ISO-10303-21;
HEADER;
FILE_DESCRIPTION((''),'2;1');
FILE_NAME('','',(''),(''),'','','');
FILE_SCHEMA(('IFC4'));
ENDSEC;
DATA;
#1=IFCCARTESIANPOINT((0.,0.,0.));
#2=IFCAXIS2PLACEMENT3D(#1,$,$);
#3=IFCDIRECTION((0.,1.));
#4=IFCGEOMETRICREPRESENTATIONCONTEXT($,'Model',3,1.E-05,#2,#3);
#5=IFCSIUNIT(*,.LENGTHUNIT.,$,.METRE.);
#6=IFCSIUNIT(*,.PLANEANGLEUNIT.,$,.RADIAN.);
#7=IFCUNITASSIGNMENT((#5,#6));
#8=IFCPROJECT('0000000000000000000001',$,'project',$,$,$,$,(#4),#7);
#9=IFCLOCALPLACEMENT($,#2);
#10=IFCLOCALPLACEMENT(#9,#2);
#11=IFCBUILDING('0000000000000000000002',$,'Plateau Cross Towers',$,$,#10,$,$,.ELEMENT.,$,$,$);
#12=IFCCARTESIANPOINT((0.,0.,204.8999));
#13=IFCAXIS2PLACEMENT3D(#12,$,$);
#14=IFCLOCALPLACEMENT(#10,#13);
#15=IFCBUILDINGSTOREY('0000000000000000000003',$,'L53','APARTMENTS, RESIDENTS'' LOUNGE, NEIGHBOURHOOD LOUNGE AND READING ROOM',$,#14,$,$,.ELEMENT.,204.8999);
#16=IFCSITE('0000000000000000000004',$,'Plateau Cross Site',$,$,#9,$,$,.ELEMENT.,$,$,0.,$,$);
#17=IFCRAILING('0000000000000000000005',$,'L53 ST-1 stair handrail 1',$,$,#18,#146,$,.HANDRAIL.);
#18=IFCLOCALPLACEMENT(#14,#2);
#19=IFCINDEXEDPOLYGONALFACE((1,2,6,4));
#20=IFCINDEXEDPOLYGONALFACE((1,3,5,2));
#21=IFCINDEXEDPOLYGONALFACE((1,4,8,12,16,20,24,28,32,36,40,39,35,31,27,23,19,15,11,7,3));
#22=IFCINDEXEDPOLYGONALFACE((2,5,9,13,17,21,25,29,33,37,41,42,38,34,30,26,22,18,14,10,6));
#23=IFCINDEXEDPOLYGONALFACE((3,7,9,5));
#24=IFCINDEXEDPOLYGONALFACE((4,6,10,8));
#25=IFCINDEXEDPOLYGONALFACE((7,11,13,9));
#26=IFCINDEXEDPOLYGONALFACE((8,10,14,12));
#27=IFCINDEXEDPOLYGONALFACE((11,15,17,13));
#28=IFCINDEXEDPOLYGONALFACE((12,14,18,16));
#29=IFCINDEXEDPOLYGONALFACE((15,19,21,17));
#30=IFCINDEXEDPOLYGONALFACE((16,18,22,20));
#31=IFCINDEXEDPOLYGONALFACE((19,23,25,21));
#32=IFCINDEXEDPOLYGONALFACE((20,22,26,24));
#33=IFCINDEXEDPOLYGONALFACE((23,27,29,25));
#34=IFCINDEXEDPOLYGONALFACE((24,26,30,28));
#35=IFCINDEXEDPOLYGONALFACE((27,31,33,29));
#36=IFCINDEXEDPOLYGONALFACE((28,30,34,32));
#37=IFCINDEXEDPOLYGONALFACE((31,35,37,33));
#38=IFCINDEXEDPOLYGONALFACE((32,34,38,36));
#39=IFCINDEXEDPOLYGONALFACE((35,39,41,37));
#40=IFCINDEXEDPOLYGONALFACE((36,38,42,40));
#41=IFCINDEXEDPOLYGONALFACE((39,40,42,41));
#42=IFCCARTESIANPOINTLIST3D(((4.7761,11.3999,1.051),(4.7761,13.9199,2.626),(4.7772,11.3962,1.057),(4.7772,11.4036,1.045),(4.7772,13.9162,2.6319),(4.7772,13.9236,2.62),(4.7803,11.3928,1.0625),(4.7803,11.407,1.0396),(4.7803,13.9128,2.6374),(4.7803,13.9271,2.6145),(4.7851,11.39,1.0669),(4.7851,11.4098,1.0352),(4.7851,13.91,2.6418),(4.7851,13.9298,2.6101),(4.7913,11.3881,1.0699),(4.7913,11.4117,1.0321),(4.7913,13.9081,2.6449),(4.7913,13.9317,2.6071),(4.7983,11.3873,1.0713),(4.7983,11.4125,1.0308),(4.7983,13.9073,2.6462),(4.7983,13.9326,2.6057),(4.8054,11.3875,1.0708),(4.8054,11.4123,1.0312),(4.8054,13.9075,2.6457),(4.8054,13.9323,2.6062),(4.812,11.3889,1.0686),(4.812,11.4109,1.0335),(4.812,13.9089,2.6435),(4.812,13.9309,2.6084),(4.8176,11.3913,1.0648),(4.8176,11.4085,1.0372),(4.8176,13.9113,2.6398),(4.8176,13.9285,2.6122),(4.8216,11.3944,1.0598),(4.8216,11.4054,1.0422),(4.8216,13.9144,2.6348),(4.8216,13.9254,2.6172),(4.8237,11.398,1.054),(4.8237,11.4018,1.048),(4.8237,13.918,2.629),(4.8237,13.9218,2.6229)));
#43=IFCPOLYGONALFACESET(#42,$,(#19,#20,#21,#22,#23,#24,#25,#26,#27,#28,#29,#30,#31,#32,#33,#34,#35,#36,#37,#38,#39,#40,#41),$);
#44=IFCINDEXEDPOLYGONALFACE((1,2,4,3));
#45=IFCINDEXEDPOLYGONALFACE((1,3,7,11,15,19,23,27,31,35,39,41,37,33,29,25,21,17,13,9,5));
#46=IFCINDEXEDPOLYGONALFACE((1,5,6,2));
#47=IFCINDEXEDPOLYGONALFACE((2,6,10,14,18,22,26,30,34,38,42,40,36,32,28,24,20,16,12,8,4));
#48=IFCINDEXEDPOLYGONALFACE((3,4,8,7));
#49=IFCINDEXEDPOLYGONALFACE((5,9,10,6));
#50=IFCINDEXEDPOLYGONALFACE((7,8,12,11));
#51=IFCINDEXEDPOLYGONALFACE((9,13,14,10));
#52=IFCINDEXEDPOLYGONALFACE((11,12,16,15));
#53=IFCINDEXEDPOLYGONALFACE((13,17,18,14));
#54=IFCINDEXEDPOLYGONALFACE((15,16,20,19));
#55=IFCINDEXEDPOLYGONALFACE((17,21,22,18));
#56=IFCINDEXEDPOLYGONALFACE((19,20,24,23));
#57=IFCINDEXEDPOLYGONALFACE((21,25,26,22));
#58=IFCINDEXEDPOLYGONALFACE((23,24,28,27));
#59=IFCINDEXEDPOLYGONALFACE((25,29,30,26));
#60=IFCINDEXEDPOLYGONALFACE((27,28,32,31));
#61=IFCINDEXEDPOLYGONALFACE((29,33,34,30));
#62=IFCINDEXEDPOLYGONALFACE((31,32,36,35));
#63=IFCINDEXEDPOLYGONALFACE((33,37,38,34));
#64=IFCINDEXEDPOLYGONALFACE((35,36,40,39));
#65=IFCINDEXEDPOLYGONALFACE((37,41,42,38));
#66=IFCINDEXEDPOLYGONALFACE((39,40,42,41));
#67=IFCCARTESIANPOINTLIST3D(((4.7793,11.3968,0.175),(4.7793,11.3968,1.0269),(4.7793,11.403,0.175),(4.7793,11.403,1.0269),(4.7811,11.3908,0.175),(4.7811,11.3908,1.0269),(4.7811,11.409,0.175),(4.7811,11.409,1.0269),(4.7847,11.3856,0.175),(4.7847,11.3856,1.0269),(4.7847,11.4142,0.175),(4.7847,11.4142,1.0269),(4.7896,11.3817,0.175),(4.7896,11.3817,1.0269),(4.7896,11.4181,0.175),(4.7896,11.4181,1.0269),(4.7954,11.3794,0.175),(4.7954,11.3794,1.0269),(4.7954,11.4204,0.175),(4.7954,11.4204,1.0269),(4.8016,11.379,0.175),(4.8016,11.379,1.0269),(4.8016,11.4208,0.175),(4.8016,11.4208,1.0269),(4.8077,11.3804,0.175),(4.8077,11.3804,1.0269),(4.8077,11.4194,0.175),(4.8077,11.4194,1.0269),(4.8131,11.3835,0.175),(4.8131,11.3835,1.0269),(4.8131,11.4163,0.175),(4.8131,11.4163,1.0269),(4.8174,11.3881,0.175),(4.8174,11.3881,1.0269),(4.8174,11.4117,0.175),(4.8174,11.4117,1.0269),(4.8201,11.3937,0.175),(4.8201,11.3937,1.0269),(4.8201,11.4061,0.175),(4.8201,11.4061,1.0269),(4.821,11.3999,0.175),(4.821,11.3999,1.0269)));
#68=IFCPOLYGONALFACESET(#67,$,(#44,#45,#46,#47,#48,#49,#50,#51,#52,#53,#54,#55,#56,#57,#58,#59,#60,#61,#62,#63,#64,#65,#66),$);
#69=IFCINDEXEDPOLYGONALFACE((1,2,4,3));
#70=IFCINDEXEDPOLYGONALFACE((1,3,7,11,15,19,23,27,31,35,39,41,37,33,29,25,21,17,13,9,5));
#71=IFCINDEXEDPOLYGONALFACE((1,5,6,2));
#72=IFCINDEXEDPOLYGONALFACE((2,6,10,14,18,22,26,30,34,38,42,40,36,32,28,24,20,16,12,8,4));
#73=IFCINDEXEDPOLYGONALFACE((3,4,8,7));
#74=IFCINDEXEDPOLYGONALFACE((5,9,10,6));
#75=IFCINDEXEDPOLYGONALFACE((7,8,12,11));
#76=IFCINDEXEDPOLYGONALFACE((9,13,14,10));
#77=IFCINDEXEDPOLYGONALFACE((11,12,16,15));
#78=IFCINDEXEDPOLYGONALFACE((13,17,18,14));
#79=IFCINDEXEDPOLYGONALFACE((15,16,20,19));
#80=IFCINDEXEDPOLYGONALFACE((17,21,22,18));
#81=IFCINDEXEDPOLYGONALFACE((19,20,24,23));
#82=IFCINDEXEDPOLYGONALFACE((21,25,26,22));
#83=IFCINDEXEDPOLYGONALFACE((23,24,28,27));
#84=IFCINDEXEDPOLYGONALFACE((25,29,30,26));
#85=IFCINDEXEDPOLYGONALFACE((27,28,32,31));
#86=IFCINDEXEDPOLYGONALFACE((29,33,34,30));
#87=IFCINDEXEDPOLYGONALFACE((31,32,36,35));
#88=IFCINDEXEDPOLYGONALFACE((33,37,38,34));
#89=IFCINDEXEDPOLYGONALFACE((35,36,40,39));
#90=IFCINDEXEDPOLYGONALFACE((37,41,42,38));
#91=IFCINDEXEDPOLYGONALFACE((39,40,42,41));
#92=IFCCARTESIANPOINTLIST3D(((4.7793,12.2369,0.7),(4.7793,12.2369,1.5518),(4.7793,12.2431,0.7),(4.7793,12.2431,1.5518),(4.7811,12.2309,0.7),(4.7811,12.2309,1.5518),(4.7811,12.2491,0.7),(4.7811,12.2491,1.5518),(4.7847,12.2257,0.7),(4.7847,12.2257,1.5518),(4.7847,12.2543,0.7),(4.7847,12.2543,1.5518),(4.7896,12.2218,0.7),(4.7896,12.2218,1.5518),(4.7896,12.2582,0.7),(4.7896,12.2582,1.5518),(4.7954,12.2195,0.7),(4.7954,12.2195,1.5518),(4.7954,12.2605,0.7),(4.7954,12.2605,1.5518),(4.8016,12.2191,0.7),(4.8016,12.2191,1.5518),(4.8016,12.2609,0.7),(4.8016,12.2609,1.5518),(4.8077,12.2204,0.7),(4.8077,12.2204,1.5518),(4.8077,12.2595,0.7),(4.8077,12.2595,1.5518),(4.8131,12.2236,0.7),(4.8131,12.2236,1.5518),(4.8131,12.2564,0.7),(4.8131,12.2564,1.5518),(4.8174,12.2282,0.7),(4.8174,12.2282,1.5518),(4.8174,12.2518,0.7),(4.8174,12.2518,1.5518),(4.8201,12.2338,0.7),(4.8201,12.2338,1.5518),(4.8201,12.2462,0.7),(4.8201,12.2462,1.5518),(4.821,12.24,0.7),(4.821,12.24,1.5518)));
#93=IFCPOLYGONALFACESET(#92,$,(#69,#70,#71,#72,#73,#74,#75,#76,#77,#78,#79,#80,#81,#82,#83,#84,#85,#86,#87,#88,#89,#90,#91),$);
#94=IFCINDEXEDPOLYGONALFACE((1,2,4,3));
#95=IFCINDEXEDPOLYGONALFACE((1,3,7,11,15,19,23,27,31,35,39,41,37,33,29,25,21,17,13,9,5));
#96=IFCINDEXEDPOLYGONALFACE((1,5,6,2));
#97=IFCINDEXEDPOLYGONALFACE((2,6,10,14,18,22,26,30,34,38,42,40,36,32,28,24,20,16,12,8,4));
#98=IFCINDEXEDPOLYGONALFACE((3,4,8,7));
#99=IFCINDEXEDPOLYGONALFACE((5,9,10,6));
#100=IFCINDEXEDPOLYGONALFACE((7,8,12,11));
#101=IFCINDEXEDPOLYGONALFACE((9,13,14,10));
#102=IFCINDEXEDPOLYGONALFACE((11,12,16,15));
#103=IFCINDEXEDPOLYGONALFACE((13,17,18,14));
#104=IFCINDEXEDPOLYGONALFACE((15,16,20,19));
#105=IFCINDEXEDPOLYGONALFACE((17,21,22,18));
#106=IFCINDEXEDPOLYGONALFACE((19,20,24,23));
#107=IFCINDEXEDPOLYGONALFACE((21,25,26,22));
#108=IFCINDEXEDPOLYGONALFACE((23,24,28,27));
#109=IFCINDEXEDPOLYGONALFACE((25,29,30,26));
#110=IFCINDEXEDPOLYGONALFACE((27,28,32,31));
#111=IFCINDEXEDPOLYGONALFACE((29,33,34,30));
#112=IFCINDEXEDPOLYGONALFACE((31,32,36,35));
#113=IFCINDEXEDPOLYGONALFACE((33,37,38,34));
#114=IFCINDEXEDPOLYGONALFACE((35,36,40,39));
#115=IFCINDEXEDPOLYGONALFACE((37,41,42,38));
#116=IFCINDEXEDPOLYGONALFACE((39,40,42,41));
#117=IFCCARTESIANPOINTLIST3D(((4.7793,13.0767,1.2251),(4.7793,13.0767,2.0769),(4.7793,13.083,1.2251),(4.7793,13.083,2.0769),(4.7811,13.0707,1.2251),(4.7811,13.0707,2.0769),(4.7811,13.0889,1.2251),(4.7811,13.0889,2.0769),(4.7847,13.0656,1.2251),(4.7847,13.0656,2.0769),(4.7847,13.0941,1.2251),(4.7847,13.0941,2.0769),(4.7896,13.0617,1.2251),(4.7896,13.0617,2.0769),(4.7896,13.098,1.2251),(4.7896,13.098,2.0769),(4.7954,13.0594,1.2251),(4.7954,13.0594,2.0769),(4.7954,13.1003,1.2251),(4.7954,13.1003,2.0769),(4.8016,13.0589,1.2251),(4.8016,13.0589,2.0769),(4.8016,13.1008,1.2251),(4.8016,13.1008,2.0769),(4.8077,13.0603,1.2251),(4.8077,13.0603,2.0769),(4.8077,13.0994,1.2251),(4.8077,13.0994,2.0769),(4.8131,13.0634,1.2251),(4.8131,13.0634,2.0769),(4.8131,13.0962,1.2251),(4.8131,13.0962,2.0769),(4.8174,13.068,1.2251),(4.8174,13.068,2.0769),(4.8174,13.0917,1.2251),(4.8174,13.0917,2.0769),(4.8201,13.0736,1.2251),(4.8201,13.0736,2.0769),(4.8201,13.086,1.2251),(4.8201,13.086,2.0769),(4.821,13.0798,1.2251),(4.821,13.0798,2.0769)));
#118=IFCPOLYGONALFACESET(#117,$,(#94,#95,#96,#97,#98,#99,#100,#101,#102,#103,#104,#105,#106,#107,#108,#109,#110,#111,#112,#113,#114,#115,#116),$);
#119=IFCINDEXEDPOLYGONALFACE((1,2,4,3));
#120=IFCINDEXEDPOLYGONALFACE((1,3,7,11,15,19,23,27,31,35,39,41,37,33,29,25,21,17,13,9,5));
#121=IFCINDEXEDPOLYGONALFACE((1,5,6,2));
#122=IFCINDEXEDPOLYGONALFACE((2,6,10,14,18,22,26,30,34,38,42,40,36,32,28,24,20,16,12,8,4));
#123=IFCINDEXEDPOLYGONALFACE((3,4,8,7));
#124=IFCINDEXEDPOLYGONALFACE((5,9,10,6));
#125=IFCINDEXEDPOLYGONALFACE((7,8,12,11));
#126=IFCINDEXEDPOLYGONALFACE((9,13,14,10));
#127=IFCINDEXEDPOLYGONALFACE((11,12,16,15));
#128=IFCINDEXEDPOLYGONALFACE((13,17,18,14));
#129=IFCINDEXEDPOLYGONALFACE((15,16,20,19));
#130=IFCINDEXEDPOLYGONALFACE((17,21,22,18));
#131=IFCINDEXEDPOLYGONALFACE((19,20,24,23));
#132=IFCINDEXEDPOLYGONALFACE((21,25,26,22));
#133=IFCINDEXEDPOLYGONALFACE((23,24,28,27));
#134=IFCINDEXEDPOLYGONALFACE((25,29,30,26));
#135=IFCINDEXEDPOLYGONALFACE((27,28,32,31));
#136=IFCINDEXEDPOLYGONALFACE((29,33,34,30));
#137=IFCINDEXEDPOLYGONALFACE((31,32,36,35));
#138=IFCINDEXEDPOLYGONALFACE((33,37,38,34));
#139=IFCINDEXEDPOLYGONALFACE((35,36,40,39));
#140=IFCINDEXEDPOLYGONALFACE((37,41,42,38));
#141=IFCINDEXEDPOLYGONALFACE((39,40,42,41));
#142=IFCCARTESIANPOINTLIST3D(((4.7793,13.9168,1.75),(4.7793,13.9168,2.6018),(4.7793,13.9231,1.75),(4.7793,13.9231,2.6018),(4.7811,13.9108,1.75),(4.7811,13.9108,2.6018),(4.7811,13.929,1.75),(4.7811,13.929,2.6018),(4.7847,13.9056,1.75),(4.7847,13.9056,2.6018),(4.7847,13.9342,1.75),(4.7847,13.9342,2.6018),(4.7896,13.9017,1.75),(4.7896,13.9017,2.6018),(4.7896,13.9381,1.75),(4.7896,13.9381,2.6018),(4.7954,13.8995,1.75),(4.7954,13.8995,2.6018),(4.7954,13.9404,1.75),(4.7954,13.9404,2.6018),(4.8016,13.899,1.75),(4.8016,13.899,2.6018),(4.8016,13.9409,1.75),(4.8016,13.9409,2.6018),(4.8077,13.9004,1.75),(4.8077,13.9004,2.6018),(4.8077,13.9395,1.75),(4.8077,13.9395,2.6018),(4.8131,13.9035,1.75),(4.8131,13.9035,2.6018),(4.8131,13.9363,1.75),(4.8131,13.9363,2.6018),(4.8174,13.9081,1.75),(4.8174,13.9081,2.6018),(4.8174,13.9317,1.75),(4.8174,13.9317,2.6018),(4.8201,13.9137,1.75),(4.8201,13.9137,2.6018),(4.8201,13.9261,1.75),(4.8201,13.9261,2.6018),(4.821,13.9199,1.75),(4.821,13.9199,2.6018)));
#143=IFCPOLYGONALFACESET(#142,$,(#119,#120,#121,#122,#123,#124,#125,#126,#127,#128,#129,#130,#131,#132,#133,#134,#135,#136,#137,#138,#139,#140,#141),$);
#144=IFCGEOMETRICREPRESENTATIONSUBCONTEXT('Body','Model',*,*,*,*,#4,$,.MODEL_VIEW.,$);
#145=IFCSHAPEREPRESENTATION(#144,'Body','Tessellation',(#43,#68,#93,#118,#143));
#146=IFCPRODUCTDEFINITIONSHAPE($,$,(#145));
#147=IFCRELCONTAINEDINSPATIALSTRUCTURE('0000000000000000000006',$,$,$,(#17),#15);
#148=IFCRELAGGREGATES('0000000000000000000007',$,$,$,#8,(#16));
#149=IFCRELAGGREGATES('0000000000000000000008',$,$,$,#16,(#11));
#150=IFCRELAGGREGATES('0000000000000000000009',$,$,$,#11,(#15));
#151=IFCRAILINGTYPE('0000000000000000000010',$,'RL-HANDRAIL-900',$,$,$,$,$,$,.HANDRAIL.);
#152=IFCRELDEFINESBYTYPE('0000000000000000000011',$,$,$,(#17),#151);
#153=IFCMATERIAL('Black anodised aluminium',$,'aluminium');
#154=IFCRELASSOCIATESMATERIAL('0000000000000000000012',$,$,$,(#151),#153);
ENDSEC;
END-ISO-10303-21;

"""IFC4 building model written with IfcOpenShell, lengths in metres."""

from ifc_helpers import new_model, si_unit, direction, frame, origin, origin_2d, place, context, subcontext, project, spatial, circle, extrude, material, type_object, element, save


model = new_model("IFC4")

# Units and contexts
model_context = context("Model", 3, precision=1e-05, world=origin(), true_north=direction((0.0, 1.0)))
body_context = subcontext(model_context, "Body", "Model", "MODEL_VIEW")
ifc_project = project(units=[si_unit("LENGTHUNIT", "METRE"), si_unit("PLANEANGLEUNIT", "RADIAN")], contexts=[model_context])

# Site, building, storey
site_placement = place(None, origin())
site = spatial("IfcSite", under=ifc_project, at=site_placement, Name="Plateau Cross Site", CompositionType="ELEMENT", RefElevation=0.0)
building_placement = place(site_placement, origin())
building = spatial("IfcBuilding", under=site, at=building_placement, Name="Plateau Cross Towers", CompositionType="ELEMENT")
storey_placement = place(building_placement, frame((0.0, 0.0, 204.8999)))
storey = spatial("IfcBuildingStorey", under=building, at=storey_placement, Name="L53", Description="APARTMENTS, RESIDENTS' LOUNGE, NEIGHBOURHOOD LOUNGE AND READING ROOM", CompositionType="ELEMENT", Elevation=204.8999)

# Shared definitions
ifc_material_1 = material(Name="Black anodised aluminium", Category="aluminium")

# Railing
railing_type_1 = type_object("IfcRailingType", Name="RL-HANDRAIL-900", PredefinedType="HANDRAIL", material=ifc_material_1)
railing_1_placement = place(storey_placement, frame((4.8, 11.3999, 0.175)))
element("IfcRailing", 1, at=railing_1_placement, inside=storey, type_object=railing_type_1, Name="L53 ST-1 stair handrail 1", PredefinedType="HANDRAIL", context=body_context, shape_type="SweptSolid", body=[
    extrude(circle(Radius=0.0239, at=origin_2d()), frame((0.0, 0.0, 0.876), z_axis=(0.0, 0.848008, 0.529984), x_axis=(-1.0, 0.0, 0.0)), (0.0, 0.0, 1.0), 2.9717),
    extrude(circle(Radius=0.021, at=origin_2d()), origin(), (0.0, 0.0, 1.0), 0.8518),
    extrude(circle(Radius=0.021, at=origin_2d()), frame((0.0, 0.8401, 0.5249)), (0.0, 0.0, 1.0), 0.8518),
    extrude(circle(Radius=0.021, at=origin_2d()), frame((0.0, 1.6799, 1.05)), (0.0, 0.0, 1.0), 0.8518),
    extrude(circle(Radius=0.021, at=origin_2d()), frame((0.0, 2.52, 1.575)), (0.0, 0.0, 1.0), 0.8518),
])

save(model, "model.ifc")
